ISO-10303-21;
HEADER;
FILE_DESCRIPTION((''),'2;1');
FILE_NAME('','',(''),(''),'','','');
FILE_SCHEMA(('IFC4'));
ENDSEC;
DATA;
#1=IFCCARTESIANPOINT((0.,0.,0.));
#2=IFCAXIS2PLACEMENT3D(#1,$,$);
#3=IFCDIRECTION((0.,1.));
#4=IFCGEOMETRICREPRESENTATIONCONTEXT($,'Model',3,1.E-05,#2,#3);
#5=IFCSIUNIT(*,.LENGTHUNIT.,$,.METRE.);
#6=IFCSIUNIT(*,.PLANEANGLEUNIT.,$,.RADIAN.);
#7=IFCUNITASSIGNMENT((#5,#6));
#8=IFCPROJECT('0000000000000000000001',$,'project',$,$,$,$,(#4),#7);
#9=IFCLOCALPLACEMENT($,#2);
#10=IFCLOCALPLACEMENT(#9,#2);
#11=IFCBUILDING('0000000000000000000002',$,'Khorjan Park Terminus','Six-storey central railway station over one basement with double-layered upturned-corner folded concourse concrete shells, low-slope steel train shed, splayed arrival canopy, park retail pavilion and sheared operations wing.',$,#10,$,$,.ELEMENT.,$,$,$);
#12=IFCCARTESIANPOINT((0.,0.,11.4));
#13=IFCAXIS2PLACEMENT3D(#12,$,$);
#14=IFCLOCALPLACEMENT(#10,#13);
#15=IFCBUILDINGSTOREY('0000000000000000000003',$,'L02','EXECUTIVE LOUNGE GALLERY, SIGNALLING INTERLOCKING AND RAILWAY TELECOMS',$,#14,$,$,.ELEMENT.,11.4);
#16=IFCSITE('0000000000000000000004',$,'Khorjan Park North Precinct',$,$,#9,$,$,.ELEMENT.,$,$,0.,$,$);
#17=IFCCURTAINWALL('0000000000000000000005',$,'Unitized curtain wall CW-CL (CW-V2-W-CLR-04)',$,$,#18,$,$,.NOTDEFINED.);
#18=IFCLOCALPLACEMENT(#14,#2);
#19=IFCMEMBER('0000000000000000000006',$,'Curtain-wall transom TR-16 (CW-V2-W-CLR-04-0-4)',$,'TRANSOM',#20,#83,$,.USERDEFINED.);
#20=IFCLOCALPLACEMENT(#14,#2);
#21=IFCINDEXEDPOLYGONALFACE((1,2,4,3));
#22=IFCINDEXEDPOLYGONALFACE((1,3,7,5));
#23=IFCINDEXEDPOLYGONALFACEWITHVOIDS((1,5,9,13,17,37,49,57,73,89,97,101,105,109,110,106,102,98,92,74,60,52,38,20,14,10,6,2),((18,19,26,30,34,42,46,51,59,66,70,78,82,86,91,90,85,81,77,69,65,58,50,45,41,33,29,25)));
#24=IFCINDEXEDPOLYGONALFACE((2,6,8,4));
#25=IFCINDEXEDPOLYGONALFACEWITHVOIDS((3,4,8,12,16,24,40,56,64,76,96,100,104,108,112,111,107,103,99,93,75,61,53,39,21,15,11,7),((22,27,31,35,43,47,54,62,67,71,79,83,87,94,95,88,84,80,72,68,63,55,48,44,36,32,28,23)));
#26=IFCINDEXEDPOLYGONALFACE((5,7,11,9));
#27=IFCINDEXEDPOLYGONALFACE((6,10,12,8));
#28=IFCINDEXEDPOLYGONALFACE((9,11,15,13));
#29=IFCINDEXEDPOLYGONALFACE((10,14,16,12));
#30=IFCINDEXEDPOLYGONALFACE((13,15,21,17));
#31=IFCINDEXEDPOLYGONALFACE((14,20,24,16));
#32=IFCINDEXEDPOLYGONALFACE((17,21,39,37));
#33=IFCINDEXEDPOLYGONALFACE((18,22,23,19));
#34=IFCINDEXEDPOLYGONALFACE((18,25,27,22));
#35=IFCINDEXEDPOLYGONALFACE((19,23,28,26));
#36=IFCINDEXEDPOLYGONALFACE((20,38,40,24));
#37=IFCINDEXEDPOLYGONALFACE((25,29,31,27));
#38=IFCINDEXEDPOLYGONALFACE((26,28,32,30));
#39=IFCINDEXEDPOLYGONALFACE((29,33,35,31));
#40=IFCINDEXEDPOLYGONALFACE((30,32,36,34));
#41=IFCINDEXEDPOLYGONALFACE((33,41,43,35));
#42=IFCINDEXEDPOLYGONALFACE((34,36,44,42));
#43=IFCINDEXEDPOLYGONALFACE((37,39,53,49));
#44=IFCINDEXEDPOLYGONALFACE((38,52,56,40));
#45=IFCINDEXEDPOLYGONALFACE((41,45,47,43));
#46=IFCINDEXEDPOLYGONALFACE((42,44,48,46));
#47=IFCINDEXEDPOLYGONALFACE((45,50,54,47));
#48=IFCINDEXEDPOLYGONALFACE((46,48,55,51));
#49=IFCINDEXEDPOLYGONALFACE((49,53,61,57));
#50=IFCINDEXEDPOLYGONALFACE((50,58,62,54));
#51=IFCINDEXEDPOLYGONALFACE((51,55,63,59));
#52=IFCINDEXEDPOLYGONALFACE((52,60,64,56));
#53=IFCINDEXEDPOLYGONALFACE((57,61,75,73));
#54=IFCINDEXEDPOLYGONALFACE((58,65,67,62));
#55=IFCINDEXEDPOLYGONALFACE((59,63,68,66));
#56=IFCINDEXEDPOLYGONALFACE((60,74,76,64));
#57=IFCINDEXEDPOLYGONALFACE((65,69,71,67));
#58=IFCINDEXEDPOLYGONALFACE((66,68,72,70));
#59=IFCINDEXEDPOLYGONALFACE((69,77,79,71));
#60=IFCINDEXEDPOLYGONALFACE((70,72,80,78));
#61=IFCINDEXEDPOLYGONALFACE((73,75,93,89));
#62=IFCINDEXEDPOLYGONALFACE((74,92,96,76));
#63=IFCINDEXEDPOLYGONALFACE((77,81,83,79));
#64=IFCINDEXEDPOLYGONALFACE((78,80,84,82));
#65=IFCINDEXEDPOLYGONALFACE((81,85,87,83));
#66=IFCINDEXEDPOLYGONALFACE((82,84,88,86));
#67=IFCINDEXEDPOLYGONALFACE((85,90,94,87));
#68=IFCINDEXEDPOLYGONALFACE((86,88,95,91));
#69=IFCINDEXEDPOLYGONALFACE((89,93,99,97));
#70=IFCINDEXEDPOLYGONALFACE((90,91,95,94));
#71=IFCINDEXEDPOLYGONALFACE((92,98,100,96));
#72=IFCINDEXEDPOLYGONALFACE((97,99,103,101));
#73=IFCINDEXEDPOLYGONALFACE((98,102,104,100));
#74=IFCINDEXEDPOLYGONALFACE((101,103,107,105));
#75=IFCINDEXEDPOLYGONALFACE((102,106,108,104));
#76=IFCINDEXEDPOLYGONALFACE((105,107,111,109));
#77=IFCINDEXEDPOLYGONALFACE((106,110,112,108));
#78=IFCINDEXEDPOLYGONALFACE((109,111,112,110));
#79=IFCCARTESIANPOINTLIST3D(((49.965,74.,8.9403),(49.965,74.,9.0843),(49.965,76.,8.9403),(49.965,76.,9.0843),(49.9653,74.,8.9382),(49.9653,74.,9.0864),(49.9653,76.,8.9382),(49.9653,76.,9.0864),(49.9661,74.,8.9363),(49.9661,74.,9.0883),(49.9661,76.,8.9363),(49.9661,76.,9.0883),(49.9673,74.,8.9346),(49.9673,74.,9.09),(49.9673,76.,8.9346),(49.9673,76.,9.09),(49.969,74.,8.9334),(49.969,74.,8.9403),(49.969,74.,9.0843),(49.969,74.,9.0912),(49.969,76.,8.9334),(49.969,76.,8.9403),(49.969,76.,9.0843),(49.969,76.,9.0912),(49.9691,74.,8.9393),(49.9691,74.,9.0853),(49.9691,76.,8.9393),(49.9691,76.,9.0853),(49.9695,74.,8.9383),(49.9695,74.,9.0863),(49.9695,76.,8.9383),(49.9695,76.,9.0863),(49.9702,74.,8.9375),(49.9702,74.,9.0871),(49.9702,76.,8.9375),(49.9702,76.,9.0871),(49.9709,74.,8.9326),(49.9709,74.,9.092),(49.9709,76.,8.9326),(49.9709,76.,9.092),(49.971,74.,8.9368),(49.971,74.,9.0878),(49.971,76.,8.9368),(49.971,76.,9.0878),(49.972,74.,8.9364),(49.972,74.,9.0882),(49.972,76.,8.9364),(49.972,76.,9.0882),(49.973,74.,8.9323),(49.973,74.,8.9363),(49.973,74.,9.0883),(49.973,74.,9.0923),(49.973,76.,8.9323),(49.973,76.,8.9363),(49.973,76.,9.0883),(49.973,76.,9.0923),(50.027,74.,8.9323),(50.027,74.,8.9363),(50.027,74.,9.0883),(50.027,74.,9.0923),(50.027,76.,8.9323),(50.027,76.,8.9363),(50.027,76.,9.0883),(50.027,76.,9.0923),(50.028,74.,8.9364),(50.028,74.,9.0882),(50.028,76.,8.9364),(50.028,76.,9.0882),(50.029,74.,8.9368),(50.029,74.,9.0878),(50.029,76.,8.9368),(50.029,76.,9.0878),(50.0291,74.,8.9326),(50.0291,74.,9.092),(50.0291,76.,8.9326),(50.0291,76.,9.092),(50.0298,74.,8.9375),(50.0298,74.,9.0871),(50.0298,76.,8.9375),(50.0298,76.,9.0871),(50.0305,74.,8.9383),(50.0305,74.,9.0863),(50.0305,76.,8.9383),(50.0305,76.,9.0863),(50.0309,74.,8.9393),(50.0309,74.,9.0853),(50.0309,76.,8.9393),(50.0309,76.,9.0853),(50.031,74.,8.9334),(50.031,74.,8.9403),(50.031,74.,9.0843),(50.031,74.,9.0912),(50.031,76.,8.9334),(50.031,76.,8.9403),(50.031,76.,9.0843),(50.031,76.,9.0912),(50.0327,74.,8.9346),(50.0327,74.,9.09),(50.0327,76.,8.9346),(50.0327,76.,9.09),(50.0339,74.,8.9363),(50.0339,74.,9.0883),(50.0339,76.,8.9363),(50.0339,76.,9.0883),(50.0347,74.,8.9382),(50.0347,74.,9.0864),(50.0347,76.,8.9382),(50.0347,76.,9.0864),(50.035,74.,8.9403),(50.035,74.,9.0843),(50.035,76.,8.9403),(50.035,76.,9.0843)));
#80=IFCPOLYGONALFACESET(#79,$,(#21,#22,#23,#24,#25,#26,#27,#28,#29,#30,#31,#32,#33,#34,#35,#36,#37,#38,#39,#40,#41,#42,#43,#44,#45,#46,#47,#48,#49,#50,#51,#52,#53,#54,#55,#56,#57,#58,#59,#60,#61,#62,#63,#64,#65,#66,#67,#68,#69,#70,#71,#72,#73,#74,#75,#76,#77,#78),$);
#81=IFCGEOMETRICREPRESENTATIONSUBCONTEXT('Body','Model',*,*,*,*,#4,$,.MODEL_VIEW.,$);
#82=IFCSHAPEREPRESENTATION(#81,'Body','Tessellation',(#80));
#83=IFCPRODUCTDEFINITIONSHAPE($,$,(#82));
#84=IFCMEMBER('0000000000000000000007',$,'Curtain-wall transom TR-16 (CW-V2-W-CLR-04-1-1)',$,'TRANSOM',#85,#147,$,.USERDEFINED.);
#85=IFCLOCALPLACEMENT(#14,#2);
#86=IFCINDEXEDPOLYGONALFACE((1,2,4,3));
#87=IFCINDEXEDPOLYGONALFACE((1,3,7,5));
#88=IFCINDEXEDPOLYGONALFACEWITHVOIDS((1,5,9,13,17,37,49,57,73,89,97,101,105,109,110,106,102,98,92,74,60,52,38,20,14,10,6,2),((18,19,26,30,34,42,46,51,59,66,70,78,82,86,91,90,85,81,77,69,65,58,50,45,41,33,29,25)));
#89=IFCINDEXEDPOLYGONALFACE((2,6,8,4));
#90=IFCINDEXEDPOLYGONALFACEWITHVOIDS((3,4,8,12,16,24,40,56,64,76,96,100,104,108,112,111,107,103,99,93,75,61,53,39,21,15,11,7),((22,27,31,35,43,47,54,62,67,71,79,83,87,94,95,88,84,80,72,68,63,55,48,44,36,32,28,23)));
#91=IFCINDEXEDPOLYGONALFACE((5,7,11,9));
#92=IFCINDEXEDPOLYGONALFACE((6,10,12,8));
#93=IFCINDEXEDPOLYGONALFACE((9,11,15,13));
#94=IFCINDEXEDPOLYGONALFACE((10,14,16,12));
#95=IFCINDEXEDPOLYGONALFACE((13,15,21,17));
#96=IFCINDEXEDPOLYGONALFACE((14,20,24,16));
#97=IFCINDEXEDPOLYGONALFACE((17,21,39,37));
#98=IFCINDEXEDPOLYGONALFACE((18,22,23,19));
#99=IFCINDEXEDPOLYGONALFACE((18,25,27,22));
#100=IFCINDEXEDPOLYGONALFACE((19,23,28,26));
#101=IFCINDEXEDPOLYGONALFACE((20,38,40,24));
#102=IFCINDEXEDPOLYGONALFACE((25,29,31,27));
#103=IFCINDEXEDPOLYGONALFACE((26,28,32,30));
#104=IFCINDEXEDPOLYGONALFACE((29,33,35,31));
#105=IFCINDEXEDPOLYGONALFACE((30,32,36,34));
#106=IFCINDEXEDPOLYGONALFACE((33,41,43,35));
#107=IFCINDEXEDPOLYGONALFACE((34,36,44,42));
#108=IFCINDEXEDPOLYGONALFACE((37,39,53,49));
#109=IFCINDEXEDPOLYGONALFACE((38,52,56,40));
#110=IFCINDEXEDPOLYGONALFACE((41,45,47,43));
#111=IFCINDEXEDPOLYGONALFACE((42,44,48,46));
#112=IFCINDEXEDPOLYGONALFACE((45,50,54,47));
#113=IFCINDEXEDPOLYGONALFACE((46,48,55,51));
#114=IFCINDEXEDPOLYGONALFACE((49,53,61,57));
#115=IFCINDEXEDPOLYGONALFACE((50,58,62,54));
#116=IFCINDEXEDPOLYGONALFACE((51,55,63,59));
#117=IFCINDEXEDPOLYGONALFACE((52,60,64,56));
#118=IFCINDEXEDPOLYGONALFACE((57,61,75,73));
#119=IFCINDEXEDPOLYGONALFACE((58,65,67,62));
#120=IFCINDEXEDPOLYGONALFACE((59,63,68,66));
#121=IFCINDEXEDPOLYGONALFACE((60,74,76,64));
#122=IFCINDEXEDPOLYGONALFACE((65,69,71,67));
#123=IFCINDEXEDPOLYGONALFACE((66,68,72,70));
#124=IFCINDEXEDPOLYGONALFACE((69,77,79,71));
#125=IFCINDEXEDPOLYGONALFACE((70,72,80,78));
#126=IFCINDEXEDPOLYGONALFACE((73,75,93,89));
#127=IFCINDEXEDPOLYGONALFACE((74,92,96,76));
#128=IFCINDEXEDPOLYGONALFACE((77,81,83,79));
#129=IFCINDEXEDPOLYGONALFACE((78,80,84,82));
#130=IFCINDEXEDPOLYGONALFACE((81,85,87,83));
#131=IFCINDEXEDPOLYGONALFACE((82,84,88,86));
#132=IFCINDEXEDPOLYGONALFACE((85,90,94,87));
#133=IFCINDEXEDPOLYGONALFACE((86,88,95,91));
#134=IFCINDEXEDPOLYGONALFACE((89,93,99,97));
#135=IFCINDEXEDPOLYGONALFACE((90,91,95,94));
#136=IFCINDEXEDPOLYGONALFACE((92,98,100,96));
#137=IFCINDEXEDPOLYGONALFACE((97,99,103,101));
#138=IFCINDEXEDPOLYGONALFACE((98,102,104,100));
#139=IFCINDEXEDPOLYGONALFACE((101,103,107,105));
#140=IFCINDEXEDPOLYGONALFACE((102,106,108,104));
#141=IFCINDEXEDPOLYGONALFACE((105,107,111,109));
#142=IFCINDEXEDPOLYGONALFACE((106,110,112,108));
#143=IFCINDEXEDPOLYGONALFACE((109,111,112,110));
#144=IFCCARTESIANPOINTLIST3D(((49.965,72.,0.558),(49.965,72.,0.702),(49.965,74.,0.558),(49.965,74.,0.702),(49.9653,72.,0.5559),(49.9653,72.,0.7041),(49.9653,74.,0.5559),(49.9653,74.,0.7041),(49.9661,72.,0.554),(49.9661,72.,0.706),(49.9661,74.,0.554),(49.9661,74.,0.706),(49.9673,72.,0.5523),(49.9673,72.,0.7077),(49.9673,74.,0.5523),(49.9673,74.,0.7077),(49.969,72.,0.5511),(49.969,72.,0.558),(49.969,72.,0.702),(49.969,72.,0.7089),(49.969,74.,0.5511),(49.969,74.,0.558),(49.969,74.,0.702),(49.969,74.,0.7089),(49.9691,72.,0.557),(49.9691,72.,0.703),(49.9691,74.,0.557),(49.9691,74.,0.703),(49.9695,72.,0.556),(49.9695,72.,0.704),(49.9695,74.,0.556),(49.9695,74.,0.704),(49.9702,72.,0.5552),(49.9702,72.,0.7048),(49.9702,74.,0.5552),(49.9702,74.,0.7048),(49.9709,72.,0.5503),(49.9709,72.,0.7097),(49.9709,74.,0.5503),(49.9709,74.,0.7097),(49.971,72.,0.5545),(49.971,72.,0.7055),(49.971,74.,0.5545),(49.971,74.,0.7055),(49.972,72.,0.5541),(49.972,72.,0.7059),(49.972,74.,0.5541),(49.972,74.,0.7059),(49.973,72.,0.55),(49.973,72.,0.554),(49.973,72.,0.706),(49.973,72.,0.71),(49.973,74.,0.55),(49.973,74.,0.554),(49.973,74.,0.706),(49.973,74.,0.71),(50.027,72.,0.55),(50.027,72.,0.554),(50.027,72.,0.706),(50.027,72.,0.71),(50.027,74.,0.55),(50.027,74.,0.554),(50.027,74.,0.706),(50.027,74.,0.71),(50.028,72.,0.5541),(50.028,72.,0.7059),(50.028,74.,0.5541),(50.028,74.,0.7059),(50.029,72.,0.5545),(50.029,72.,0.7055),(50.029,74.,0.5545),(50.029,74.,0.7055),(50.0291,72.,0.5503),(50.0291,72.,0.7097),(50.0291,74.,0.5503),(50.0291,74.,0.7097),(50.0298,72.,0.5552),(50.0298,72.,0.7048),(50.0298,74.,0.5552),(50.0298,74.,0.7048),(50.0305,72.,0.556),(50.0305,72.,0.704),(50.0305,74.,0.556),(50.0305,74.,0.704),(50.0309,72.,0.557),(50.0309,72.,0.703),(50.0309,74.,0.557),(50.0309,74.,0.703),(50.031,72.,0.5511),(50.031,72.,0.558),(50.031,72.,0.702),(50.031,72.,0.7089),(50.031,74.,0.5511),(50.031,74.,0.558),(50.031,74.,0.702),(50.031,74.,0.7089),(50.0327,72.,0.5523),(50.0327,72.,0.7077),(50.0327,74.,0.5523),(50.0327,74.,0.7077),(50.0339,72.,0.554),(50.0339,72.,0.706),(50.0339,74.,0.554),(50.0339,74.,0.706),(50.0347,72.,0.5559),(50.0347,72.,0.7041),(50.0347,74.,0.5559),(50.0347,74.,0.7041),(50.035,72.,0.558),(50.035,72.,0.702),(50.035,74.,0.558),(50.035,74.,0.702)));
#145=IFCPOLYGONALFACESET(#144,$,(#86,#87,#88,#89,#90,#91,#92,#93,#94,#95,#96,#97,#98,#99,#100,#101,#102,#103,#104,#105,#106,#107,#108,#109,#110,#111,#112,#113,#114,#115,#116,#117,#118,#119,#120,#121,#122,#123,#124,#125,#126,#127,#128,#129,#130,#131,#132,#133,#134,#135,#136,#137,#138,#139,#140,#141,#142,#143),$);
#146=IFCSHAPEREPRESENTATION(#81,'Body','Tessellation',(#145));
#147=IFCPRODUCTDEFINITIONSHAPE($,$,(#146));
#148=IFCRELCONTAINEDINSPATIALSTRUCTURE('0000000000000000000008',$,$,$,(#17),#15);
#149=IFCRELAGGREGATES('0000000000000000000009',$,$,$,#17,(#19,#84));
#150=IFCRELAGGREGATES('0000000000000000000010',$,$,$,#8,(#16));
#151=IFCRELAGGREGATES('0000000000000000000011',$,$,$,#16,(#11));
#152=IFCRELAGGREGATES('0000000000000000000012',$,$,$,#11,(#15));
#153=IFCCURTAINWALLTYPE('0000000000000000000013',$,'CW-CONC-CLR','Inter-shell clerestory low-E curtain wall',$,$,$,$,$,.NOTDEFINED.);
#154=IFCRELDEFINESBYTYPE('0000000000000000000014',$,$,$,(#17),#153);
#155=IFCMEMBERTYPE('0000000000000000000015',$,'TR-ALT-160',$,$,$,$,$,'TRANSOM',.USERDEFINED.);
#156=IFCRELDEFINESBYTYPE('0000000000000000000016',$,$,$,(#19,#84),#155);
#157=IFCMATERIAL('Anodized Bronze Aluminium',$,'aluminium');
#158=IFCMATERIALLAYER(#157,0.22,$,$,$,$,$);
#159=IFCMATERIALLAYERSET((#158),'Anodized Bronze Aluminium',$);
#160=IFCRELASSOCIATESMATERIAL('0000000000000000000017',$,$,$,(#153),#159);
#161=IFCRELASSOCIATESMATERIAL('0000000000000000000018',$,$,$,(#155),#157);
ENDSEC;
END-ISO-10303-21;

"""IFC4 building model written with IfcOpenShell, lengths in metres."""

from ifc_helpers import new_model, si_unit, direction, frame, origin, origin_2d, place, context, subcontext, project, spatial, hollow_rectangle, extrude, material, layer, layer_set, material_profile, profile_set, type_object, element, aggregate, save


model = new_model("IFC4")

# Units and contexts
model_context = context("Model", 3, precision=1e-05, world=origin(), true_north=direction((0.0, 1.0)))
body_context = subcontext(model_context, "Body", "Model", "MODEL_VIEW")
ifc_project = project(units=[si_unit("LENGTHUNIT", "METRE"), si_unit("PLANEANGLEUNIT", "RADIAN")], contexts=[model_context])

# Site, building, storey
site_placement = place(None, origin())
site = spatial("IfcSite", under=ifc_project, at=site_placement, Name="Khorjan Park North Precinct", CompositionType="ELEMENT", RefElevation=0.0)
building_placement = place(site_placement, origin())
building = spatial("IfcBuilding", under=site, at=building_placement, Name="Khorjan Park Terminus", Description="Six-storey central railway station over one basement with double-layered upturned-corner folded concourse concrete shells, low-slope steel train shed, splayed arrival canopy, park retail pavilion and sheared operations wing.", CompositionType="ELEMENT")
storey_placement = place(building_placement, frame((0.0, 0.0, 11.4)))
storey = spatial("IfcBuildingStorey", under=building, at=storey_placement, Name="L02", Description="EXECUTIVE LOUNGE GALLERY, SIGNALLING INTERLOCKING AND RAILWAY TELECOMS", CompositionType="ELEMENT", Elevation=11.4)

# Curtain wall, members
ifc_material_1 = material(Name="Anodized Bronze Aluminium", Category="aluminium")
ifc_layer_1 = layer(ifc_material_1, 0.22)
ifc_layer_set_1 = layer_set([ifc_layer_1], Name="Anodized Bronze Aluminium")
curtain_wall_type = type_object("IfcCurtainWallType", Name="CW-CONC-CLR", Description="Inter-shell clerestory low-E curtain wall", PredefinedType="NOTDEFINED", material=ifc_layer_set_1)
curtain_wall_1_placement = place(storey_placement, origin())
curtain_wall_1 = element("IfcCurtainWall", 1, at=curtain_wall_1_placement, inside=storey, type_object=curtain_wall_type, Name="Unitized curtain wall CW-CL (CW-V2-W-CLR-04)", PredefinedType="NOTDEFINED")
ifc_material_profile_1 = material_profile(ifc_material_1, hollow_rectangle(XDim=0.07, YDim=0.16, WallThickness=0.004, InnerFilletRadius=0.004, OuterFilletRadius=0.008, at=origin_2d()), Name="ALT 70x160x4")
ifc_profile_set_1 = profile_set([ifc_material_profile_1], Name="Anodized Bronze Aluminium")
member_type_1 = type_object("IfcMemberType", Name="TR-ALT-160", ElementType="TRANSOM", PredefinedType="USERDEFINED", material=ifc_profile_set_1)
member_1_placement = place(storey_placement, frame((50.0, 76.0, 9.0123), z_axis=(0.0, -1.0, 0.0), x_axis=(1.0, 0.0, 0.0)))
member_1 = element("IfcMember", 2, at=member_1_placement, type_object=member_type_1, Name="Curtain-wall transom TR-16 (CW-V2-W-CLR-04-0-4)", ObjectType="TRANSOM", PredefinedType="USERDEFINED", context=body_context, shape_type="SweptSolid", body=[
    extrude(hollow_rectangle(XDim=0.07, YDim=0.16, WallThickness=0.004, InnerFilletRadius=0.004, OuterFilletRadius=0.008, at=origin_2d()), origin(), (0.0, 0.0, 1.0), 2.0),
])
member_2_placement = place(storey_placement, frame((50.0, 74.0, 0.63), z_axis=(0.0, -1.0, 0.0), x_axis=(1.0, 0.0, 0.0)))
member_2 = element("IfcMember", 3, at=member_2_placement, type_object=member_type_1, Name="Curtain-wall transom TR-16 (CW-V2-W-CLR-04-1-1)", ObjectType="TRANSOM", PredefinedType="USERDEFINED", context=body_context, shape_type="SweptSolid", body=[
    extrude(hollow_rectangle(XDim=0.07, YDim=0.16, WallThickness=0.004, InnerFilletRadius=0.004, OuterFilletRadius=0.008, at=origin_2d()), origin(), (0.0, 0.0, 1.0), 2.0),
])

aggregate(curtain_wall_1, [member_1, member_2])

save(model, "model.ifc")
